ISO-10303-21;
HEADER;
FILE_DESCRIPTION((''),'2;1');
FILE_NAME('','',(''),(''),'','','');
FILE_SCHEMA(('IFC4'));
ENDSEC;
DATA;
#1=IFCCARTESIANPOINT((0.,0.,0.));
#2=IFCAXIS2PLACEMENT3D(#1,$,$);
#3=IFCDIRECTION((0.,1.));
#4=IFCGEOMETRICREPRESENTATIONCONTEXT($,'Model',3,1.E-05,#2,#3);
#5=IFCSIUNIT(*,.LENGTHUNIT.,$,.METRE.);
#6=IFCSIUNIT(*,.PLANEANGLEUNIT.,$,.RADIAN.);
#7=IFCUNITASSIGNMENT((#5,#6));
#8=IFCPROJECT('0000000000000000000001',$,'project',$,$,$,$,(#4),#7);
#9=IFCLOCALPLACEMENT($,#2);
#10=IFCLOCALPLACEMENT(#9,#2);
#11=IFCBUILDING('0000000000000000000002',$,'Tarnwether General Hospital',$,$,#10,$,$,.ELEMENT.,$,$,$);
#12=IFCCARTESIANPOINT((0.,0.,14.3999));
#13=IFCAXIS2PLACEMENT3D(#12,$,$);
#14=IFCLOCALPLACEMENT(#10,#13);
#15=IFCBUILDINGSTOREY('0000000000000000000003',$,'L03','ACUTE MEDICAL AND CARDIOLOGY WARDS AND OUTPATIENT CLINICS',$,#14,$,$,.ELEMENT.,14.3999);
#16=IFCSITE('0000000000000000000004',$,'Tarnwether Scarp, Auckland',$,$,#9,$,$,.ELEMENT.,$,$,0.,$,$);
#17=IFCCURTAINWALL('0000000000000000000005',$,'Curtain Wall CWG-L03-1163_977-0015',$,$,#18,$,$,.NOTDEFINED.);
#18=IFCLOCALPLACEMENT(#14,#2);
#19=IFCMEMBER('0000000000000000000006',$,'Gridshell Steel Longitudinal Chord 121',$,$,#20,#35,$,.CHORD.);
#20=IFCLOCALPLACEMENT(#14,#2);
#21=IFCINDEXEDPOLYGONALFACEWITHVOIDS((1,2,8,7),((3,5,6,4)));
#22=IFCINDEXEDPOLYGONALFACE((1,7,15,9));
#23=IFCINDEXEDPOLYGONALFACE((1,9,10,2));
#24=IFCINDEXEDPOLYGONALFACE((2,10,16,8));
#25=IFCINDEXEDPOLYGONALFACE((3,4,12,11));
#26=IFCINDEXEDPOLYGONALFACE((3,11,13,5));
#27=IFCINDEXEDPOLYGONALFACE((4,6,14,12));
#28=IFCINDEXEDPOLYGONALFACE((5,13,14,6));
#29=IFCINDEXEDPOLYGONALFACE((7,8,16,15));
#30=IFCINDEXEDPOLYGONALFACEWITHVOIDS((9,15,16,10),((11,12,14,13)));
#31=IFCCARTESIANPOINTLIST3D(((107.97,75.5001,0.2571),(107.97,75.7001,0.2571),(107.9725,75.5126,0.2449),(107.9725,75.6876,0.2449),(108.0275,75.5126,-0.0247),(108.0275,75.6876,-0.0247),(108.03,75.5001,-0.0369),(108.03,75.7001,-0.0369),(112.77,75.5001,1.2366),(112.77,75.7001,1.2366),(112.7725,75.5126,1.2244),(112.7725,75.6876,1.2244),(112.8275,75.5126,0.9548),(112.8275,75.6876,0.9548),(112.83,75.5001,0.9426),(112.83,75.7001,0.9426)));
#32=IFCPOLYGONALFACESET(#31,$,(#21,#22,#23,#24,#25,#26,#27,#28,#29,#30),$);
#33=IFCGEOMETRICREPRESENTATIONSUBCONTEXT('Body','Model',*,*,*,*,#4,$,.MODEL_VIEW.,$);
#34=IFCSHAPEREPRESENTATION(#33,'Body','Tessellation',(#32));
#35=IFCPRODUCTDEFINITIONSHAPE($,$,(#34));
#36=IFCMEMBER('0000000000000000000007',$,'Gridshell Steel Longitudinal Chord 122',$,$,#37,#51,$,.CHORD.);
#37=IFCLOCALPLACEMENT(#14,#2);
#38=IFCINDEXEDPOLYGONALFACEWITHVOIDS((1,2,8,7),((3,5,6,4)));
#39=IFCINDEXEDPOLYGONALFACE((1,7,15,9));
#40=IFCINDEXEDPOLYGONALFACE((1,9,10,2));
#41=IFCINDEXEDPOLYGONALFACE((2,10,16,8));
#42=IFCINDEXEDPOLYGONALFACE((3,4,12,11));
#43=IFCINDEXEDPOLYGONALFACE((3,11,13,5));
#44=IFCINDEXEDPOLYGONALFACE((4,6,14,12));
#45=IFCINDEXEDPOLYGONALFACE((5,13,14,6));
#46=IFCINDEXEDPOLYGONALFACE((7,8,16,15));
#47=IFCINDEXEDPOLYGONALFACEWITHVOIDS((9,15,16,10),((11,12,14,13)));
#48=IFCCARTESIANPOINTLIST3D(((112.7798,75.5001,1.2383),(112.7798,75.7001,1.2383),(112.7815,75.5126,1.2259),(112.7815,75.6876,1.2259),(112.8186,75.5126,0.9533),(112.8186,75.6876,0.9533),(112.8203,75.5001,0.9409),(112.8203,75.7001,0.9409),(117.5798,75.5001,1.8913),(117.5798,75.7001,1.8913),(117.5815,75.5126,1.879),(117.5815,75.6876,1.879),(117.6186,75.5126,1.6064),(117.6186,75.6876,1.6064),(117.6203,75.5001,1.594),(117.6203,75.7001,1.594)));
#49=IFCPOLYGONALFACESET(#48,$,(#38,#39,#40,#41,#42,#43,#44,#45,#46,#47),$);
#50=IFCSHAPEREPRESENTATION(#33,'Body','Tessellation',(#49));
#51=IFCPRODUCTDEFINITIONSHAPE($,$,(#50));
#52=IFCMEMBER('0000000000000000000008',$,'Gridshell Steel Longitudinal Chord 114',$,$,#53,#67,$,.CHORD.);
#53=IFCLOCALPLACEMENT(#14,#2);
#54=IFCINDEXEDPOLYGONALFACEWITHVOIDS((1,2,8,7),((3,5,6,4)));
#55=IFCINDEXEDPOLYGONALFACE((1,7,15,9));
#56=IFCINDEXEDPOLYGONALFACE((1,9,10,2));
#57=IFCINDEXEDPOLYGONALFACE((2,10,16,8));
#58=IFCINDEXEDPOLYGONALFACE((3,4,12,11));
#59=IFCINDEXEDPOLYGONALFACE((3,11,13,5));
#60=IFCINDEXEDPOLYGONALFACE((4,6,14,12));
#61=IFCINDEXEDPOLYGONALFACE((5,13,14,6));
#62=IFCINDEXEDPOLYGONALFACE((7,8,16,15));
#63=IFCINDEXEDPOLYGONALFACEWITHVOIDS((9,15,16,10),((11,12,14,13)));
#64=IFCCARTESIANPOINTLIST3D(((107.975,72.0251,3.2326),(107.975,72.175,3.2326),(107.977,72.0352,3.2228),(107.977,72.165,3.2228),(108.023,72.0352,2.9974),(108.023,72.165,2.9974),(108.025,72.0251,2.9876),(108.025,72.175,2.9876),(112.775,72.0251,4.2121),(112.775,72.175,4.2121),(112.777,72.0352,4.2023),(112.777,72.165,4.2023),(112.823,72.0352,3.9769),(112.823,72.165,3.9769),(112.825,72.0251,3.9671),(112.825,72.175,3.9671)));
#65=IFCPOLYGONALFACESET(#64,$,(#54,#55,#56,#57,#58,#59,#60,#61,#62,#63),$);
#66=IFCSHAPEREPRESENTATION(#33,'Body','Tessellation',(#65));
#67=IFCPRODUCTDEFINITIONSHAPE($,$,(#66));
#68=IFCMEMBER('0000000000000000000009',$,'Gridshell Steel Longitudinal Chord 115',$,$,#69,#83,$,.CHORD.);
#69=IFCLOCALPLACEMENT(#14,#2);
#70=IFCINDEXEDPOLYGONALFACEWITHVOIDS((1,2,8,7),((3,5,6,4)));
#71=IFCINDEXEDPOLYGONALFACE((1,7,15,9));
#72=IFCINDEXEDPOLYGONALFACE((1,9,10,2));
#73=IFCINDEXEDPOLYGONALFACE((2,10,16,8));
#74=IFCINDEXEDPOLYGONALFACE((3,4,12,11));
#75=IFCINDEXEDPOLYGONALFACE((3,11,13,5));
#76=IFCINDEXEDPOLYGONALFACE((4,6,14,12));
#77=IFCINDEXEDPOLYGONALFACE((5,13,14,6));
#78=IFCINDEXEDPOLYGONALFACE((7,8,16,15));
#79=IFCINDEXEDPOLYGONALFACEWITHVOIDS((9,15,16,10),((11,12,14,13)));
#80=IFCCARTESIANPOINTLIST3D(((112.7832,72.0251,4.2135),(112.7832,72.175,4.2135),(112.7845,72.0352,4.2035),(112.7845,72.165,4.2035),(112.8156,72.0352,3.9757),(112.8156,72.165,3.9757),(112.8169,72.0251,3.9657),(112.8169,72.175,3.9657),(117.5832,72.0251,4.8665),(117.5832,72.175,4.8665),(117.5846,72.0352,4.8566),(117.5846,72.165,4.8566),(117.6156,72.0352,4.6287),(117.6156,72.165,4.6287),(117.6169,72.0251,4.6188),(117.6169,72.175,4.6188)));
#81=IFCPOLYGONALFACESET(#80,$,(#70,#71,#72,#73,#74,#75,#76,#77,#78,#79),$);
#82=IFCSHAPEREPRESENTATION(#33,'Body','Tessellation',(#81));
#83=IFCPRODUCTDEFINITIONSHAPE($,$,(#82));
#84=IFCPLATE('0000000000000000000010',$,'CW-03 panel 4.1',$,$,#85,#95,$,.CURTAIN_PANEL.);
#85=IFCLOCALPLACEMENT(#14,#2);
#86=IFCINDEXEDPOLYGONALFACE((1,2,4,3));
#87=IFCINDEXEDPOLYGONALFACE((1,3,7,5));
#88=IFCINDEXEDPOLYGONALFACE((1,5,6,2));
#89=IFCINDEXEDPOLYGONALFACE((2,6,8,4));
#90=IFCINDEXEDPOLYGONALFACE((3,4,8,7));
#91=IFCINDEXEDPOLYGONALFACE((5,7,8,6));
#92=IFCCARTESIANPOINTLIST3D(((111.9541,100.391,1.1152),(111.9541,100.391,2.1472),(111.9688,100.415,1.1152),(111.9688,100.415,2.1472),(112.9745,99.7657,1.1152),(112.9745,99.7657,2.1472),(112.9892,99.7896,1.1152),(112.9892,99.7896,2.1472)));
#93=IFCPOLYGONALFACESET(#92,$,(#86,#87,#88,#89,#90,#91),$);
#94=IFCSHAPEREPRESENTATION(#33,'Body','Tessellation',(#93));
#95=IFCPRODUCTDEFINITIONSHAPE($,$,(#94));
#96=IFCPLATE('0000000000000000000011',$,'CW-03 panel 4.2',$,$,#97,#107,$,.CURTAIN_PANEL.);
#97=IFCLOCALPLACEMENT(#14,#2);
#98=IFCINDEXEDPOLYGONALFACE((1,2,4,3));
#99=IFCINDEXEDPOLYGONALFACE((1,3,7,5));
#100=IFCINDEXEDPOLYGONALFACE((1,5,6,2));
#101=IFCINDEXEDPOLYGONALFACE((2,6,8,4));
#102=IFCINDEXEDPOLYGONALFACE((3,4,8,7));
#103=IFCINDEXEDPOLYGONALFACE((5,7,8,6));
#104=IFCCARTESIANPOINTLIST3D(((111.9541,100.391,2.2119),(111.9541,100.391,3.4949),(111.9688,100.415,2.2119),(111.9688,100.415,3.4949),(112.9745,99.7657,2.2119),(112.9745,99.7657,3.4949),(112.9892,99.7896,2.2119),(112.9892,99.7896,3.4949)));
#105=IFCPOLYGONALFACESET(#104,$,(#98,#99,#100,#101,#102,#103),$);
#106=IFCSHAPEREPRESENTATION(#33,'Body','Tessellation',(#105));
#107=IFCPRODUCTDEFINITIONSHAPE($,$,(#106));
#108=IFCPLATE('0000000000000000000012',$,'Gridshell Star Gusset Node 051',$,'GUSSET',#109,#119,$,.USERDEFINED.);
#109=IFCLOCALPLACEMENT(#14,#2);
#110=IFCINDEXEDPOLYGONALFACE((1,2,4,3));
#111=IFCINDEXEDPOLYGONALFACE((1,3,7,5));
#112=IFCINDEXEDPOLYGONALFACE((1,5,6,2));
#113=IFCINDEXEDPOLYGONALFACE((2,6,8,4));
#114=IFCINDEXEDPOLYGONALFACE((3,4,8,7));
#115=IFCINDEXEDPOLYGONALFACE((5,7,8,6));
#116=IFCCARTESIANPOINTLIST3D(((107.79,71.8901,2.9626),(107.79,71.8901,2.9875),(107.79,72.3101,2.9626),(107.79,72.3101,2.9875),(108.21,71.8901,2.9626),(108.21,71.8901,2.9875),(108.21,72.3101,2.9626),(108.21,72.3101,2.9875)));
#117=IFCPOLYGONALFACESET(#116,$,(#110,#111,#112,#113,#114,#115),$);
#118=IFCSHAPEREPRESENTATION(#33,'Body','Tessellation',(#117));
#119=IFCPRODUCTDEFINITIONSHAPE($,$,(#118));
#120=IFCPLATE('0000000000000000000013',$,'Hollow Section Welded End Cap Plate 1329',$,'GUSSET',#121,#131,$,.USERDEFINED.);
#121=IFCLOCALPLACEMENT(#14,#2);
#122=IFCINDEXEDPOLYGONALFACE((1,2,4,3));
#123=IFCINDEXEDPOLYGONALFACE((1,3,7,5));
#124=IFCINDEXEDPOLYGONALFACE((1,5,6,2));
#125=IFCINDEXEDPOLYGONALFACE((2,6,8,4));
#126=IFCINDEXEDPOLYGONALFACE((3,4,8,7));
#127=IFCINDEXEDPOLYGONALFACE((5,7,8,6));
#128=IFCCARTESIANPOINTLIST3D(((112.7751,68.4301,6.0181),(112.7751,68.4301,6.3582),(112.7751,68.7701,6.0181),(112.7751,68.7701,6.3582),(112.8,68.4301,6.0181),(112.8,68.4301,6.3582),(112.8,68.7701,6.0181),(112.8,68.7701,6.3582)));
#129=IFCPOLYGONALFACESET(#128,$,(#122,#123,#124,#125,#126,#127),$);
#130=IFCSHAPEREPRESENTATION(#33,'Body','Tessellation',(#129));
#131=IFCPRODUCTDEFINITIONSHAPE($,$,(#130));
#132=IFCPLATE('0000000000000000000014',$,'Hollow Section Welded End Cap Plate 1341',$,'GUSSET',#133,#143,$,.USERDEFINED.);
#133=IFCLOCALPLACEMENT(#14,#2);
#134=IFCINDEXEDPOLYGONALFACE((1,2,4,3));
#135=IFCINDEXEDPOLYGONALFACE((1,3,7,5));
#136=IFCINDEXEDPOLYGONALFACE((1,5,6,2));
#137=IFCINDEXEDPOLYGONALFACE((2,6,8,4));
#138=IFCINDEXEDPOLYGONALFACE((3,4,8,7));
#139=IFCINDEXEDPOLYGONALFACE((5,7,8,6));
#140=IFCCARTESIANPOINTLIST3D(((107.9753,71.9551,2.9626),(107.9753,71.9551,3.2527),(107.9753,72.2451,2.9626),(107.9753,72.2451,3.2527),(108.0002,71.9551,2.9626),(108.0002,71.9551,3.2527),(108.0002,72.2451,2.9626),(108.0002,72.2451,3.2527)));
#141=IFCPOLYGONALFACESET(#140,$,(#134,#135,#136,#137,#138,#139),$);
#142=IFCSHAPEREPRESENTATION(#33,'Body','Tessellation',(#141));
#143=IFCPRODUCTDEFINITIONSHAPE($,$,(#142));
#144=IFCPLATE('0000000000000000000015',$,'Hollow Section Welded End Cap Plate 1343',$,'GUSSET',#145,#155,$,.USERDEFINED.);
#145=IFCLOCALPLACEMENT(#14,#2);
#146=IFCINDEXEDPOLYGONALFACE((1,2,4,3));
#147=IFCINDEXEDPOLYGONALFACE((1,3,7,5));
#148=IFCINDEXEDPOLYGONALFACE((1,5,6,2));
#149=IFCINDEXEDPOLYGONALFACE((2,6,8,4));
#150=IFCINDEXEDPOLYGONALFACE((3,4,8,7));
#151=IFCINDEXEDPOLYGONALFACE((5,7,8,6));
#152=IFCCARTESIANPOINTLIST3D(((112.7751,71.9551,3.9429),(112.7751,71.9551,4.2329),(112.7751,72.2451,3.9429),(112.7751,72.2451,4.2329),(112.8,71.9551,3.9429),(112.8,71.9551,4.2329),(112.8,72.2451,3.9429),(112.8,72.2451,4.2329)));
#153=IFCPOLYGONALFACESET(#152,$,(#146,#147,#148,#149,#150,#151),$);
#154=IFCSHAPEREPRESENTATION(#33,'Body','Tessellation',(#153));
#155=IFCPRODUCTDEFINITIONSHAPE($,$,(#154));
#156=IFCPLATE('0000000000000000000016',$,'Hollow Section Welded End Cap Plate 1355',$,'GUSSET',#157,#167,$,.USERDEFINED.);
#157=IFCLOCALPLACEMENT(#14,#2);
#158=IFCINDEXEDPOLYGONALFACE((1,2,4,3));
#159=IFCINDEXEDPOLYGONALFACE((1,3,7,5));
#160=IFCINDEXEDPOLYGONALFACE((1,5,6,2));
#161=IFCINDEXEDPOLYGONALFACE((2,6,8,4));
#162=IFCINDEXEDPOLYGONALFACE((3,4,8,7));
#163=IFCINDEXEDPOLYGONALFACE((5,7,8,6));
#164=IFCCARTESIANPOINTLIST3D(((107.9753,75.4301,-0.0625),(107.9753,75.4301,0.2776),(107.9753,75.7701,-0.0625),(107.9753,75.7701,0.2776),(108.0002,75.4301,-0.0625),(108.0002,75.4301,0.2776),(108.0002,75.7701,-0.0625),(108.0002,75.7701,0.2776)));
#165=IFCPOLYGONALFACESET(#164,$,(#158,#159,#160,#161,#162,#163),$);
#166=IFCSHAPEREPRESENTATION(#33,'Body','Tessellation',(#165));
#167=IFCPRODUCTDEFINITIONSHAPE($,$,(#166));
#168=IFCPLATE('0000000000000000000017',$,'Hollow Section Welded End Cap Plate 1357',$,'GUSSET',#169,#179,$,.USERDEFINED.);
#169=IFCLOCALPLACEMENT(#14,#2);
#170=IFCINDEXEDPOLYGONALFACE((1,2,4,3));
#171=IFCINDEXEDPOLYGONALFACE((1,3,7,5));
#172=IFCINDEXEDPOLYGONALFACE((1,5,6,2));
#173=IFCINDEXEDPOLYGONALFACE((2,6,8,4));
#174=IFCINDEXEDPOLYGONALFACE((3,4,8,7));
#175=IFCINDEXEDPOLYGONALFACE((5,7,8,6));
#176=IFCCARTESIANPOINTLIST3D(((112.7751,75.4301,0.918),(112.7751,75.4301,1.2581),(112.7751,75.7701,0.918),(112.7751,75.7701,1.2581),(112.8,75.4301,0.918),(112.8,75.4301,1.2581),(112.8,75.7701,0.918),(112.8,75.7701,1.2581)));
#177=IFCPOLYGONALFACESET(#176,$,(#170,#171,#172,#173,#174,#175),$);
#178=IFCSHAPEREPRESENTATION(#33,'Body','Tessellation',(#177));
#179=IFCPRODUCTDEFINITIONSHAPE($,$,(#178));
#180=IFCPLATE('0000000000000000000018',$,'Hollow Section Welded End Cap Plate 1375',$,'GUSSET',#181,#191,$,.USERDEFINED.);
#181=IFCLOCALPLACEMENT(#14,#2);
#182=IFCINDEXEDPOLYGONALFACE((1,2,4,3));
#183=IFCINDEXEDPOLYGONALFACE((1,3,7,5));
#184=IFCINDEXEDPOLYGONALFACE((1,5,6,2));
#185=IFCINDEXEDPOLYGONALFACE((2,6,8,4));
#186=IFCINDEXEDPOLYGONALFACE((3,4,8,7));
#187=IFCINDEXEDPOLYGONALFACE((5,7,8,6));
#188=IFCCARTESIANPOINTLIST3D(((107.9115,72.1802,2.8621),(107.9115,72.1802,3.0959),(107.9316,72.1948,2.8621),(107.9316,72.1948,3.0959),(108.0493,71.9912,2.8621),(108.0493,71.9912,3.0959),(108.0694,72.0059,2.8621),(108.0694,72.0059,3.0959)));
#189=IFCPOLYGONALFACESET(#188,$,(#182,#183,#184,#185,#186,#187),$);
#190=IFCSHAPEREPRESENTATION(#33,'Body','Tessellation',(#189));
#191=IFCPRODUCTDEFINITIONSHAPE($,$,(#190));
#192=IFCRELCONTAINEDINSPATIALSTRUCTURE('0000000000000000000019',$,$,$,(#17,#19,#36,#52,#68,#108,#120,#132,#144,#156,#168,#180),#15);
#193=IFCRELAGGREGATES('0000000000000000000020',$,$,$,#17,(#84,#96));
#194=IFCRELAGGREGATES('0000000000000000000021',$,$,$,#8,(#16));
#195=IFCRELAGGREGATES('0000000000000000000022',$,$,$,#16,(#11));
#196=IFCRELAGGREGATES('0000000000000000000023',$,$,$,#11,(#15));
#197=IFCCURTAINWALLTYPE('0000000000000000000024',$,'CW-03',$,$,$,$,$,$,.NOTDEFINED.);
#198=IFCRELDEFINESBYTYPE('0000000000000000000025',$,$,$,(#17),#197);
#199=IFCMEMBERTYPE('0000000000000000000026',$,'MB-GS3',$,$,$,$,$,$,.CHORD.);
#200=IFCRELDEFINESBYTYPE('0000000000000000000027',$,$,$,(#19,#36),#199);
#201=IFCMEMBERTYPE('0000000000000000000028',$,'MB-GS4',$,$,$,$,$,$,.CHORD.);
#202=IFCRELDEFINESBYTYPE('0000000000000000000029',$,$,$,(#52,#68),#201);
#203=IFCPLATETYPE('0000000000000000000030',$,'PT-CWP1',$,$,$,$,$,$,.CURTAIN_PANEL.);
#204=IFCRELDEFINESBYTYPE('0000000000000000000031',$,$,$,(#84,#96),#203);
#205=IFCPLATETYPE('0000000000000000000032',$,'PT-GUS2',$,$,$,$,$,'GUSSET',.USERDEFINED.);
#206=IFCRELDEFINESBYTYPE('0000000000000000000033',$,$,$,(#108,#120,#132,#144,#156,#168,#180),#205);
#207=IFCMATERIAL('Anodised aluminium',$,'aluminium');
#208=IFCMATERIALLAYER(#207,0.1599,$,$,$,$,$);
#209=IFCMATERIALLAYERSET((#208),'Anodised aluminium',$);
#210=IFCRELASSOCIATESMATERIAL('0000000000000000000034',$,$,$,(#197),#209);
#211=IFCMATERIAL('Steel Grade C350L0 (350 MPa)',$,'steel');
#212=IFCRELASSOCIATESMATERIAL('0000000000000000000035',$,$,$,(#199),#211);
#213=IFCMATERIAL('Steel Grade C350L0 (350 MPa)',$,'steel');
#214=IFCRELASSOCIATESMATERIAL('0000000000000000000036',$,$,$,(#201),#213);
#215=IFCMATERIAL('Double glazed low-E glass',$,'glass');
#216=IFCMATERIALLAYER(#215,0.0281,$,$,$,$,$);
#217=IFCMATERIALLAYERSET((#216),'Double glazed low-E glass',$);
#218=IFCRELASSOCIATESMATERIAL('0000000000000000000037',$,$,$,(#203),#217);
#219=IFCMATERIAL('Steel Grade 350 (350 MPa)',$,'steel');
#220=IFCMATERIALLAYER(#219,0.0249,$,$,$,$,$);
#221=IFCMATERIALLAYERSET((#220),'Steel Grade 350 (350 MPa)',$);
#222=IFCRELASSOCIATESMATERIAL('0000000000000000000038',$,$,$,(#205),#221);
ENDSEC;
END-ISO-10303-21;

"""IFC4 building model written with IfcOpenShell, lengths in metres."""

from ifc_helpers import new_model, si_unit, direction, frame, origin, origin_2d, place, context, subcontext, project, spatial, rectangle, hollow_rectangle, extrude, material, layer, layer_set, material_profile, profile_set, type_object, element, aggregate, save


model = new_model("IFC4")

# Units and contexts
model_context = context("Model", 3, precision=1e-05, world=origin(), true_north=direction((0.0, 1.0)))
body_context = subcontext(model_context, "Body", "Model", "MODEL_VIEW")
ifc_project = project(units=[si_unit("LENGTHUNIT", "METRE"), si_unit("PLANEANGLEUNIT", "RADIAN")], contexts=[model_context])

# Site, building, storey
site_placement = place(None, origin())
site = spatial("IfcSite", under=ifc_project, at=site_placement, Name="Tarnwether Scarp, Auckland", CompositionType="ELEMENT", RefElevation=0.0)
building_placement = place(site_placement, origin())
building = spatial("IfcBuilding", under=site, at=building_placement, Name="Tarnwether General Hospital", CompositionType="ELEMENT")
storey_placement = place(building_placement, frame((0.0, 0.0, 14.3999)))
storey = spatial("IfcBuildingStorey", under=building, at=storey_placement, Name="L03", Description="ACUTE MEDICAL AND CARDIOLOGY WARDS AND OUTPATIENT CLINICS", CompositionType="ELEMENT", Elevation=14.3999)

# Curtain wall
ifc_material_1 = material(Name="Anodised aluminium", Category="aluminium")
ifc_layer_1 = layer(ifc_material_1, 0.1599)
ifc_layer_set_1 = layer_set([ifc_layer_1], Name="Anodised aluminium")
curtain_wall_type = type_object("IfcCurtainWallType", Name="CW-03", PredefinedType="NOTDEFINED", material=ifc_layer_set_1)
curtain_wall_1_placement = place(storey_placement, origin())
curtain_wall_1 = element("IfcCurtainWall", 1, at=curtain_wall_1_placement, inside=storey, type_object=curtain_wall_type, Name="Curtain Wall CWG-L03-1163_977-0015", PredefinedType="NOTDEFINED")

# Members
ifc_material_2 = material(Name="Steel Grade C350L0 (350 MPa)", Category="steel")
ifc_material_profile_1 = material_profile(ifc_material_2, hollow_rectangle(XDim=0.2, YDim=0.3, WallThickness=0.0125, at=origin_2d()), Name="RHS300x200x12.5")
ifc_profile_set_1 = profile_set([ifc_material_profile_1], Name="Steel Grade C350L0 (350 MPa)")
member_type_1 = type_object("IfcMemberType", Name="MB-GS3", PredefinedType="CHORD", material=ifc_profile_set_1)
member_1_placement = place(storey_placement, frame((108.0, 75.6001, 0.1101), z_axis=(0.979808, 0.0, 0.199939), x_axis=(0.0, 1.0, 0.0)))
element("IfcMember", 2, at=member_1_placement, inside=storey, type_object=member_type_1, Name="Gridshell Steel Longitudinal Chord 121", PredefinedType="CHORD", context=body_context, shape_type="SweptSolid", body=[
    extrude(hollow_rectangle(XDim=0.2, YDim=0.3, WallThickness=0.0125, at=origin_2d()), origin(), (0.0, 0.0, 1.0), 4.8989),
])
member_2_placement = place(storey_placement, frame((112.8, 75.6001, 1.0896), z_axis=(0.990871, 0.0, 0.134814), x_axis=(0.0, 1.0, 0.0)))
element("IfcMember", 3, at=member_2_placement, inside=storey, type_object=member_type_1, Name="Gridshell Steel Longitudinal Chord 122", PredefinedType="CHORD", context=body_context, shape_type="SweptSolid", body=[
    extrude(hollow_rectangle(XDim=0.2, YDim=0.3, WallThickness=0.0125, at=origin_2d()), origin(), (0.0, 0.0, 1.0), 4.8442),
])
ifc_material_3 = material(Name="Steel Grade C350L0 (350 MPa)", Category="steel")
ifc_material_profile_2 = material_profile(ifc_material_3, hollow_rectangle(XDim=0.1499, YDim=0.25, WallThickness=0.01, at=origin_2d()), Name="RHS250x150x10")
ifc_profile_set_2 = profile_set([ifc_material_profile_2], Name="Steel Grade C350L0 (350 MPa)")
member_type_2 = type_object("IfcMemberType", Name="MB-GS4", PredefinedType="CHORD", material=ifc_profile_set_2)
member_3_placement = place(storey_placement, frame((108.0, 72.1001, 3.1101), z_axis=(0.979808, 0.0, 0.199939), x_axis=(0.0, 1.0, 0.0)))
element("IfcMember", 4, at=member_3_placement, inside=storey, type_object=member_type_2, Name="Gridshell Steel Longitudinal Chord 114", PredefinedType="CHORD", context=body_context, shape_type="SweptSolid", body=[
    extrude(hollow_rectangle(XDim=0.1499, YDim=0.25, WallThickness=0.01, at=origin_2d()), origin(), (0.0, 0.0, 1.0), 4.8989),
])
member_4_placement = place(storey_placement, frame((112.8, 72.1001, 4.0896), z_axis=(0.990871, 0.0, 0.134814), x_axis=(0.0, 1.0, 0.0)))
element("IfcMember", 5, at=member_4_placement, inside=storey, type_object=member_type_2, Name="Gridshell Steel Longitudinal Chord 115", PredefinedType="CHORD", context=body_context, shape_type="SweptSolid", body=[
    extrude(hollow_rectangle(XDim=0.1499, YDim=0.25, WallThickness=0.01, at=origin_2d()), origin(), (0.0, 0.0, 1.0), 4.8442),
])

# Plates
ifc_material_4 = material(Name="Double glazed low-E glass", Category="glass")
ifc_layer_2 = layer(ifc_material_4, 0.0281)
ifc_layer_set_2 = layer_set([ifc_layer_2], Name="Double glazed low-E glass")
plate_type_1 = type_object("IfcPlateType", Name="PT-CWP1", PredefinedType="CURTAIN_PANEL", material=ifc_layer_set_2)
plate_1_placement = place(storey_placement, frame((112.4717, 100.0903, 1.1152), z_axis=(0.0, 0.0, 1.0), x_axis=(-0.852632, 0.522512, 0.0)))
plate_1 = element("IfcPlate", 6, at=plate_1_placement, type_object=plate_type_1, Name="CW-03 panel 4.1", PredefinedType="CURTAIN_PANEL", context=body_context, shape_type="SweptSolid", body=[
    extrude(rectangle(XDim=1.1968, YDim=0.0281, at=origin_2d()), origin(), (0.0, 0.0, 1.0), 1.032),
])
plate_2_placement = place(storey_placement, frame((112.4717, 100.0903, 2.2119), z_axis=(0.0, 0.0, 1.0), x_axis=(-0.852632, 0.522512, 0.0)))
plate_2 = element("IfcPlate", 7, at=plate_2_placement, type_object=plate_type_1, Name="CW-03 panel 4.2", PredefinedType="CURTAIN_PANEL", context=body_context, shape_type="SweptSolid", body=[
    extrude(rectangle(XDim=1.1968, YDim=0.0281, at=origin_2d()), origin(), (0.0, 0.0, 1.0), 1.283),
])
aggregate(curtain_wall_1, [plate_1, plate_2])

# Plates
ifc_material_5 = material(Name="Steel Grade 350 (350 MPa)", Category="steel")
ifc_layer_3 = layer(ifc_material_5, 0.0249)
ifc_layer_set_3 = layer_set([ifc_layer_3], Name="Steel Grade 350 (350 MPa)")
plate_type_2 = type_object("IfcPlateType", Name="PT-GUS2", ElementType="GUSSET", PredefinedType="USERDEFINED", material=ifc_layer_set_3)
plate_3_placement = place(storey_placement, frame((108.0, 72.1001, 2.9626), z_axis=(0.0, 0.0, 1.0), x_axis=(1.0, 0.0, 0.0)))
element("IfcPlate", 8, at=plate_3_placement, inside=storey, type_object=plate_type_2, Name="Gridshell Star Gusset Node 051", ObjectType="GUSSET", PredefinedType="USERDEFINED", context=body_context, shape_type="SweptSolid", body=[
    extrude(rectangle(XDim=0.4199, YDim=0.4199, at=origin_2d()), origin(), (0.0, 0.0, 1.0), 0.0249),
])
plate_4_placement = place(storey_placement, frame((112.7876, 68.6001, 6.0181), z_axis=(0.0, 0.0, 1.0), x_axis=(1.0, 0.0, 0.0)))
element("IfcPlate", 9, at=plate_4_placement, inside=storey, type_object=plate_type_2, Name="Hollow Section Welded End Cap Plate 1329", ObjectType="GUSSET", PredefinedType="USERDEFINED", context=body_context, shape_type="SweptSolid", body=[
    extrude(rectangle(XDim=0.0249, YDim=0.3401, at=origin_2d()), origin(), (0.0, 0.0, 1.0), 0.3401),
])
for number, where, z_axis, x_axis, name in (
    (10, (107.9878, 72.1001, 2.9626), (0.0, 0.0, 1.0), (1.0, 0.0, 0.0), "Hollow Section Welded End Cap Plate 1341"),
    (11, (112.7876, 72.1001, 3.9429), (0.0, 0.0, 1.0), (1.0, 0.0, 0.0), "Hollow Section Welded End Cap Plate 1343"),
):
    element("IfcPlate", number, at=place(storey_placement, frame(where, z_axis=z_axis, x_axis=x_axis)), inside=storey, type_object=plate_type_2, Name=name, ObjectType="GUSSET", PredefinedType="USERDEFINED", context=body_context, shape_type="SweptSolid", body=[
        extrude(rectangle(XDim=0.0249, YDim=0.29, at=origin_2d()), origin(), (0.0, 0.0, 1.0), 0.29),
    ])
for number, where, z_axis, x_axis, name in (
    (12, (107.9878, 75.6001, -0.0625), (0.0, 0.0, 1.0), (1.0, 0.0, 0.0), "Hollow Section Welded End Cap Plate 1355"),
    (13, (112.7876, 75.6001, 0.918), (0.0, 0.0, 1.0), (1.0, 0.0, 0.0), "Hollow Section Welded End Cap Plate 1357"),
):
    element("IfcPlate", number, at=place(storey_placement, frame(where, z_axis=z_axis, x_axis=x_axis)), inside=storey, type_object=plate_type_2, Name=name, ObjectType="GUSSET", PredefinedType="USERDEFINED", context=body_context, shape_type="SweptSolid", body=[
        extrude(rectangle(XDim=0.0249, YDim=0.3401, at=origin_2d()), origin(), (0.0, 0.0, 1.0), 0.3401),
    ])
plate_5_placement = place(storey_placement, frame((107.9905, 72.093, 2.8621), z_axis=(0.0, 0.0, 1.0), x_axis=(0.80801, 0.589168, 0.0)))
element("IfcPlate", 14, at=plate_5_placement, inside=storey, type_object=plate_type_2, Name="Hollow Section Welded End Cap Plate 1375", ObjectType="GUSSET", PredefinedType="USERDEFINED", context=body_context, shape_type="SweptSolid", body=[
    extrude(rectangle(XDim=0.0249, YDim=0.2339, at=origin_2d()), origin(), (0.0, 0.0, 1.0), 0.2339),
])

save(model, "model.ifc")
